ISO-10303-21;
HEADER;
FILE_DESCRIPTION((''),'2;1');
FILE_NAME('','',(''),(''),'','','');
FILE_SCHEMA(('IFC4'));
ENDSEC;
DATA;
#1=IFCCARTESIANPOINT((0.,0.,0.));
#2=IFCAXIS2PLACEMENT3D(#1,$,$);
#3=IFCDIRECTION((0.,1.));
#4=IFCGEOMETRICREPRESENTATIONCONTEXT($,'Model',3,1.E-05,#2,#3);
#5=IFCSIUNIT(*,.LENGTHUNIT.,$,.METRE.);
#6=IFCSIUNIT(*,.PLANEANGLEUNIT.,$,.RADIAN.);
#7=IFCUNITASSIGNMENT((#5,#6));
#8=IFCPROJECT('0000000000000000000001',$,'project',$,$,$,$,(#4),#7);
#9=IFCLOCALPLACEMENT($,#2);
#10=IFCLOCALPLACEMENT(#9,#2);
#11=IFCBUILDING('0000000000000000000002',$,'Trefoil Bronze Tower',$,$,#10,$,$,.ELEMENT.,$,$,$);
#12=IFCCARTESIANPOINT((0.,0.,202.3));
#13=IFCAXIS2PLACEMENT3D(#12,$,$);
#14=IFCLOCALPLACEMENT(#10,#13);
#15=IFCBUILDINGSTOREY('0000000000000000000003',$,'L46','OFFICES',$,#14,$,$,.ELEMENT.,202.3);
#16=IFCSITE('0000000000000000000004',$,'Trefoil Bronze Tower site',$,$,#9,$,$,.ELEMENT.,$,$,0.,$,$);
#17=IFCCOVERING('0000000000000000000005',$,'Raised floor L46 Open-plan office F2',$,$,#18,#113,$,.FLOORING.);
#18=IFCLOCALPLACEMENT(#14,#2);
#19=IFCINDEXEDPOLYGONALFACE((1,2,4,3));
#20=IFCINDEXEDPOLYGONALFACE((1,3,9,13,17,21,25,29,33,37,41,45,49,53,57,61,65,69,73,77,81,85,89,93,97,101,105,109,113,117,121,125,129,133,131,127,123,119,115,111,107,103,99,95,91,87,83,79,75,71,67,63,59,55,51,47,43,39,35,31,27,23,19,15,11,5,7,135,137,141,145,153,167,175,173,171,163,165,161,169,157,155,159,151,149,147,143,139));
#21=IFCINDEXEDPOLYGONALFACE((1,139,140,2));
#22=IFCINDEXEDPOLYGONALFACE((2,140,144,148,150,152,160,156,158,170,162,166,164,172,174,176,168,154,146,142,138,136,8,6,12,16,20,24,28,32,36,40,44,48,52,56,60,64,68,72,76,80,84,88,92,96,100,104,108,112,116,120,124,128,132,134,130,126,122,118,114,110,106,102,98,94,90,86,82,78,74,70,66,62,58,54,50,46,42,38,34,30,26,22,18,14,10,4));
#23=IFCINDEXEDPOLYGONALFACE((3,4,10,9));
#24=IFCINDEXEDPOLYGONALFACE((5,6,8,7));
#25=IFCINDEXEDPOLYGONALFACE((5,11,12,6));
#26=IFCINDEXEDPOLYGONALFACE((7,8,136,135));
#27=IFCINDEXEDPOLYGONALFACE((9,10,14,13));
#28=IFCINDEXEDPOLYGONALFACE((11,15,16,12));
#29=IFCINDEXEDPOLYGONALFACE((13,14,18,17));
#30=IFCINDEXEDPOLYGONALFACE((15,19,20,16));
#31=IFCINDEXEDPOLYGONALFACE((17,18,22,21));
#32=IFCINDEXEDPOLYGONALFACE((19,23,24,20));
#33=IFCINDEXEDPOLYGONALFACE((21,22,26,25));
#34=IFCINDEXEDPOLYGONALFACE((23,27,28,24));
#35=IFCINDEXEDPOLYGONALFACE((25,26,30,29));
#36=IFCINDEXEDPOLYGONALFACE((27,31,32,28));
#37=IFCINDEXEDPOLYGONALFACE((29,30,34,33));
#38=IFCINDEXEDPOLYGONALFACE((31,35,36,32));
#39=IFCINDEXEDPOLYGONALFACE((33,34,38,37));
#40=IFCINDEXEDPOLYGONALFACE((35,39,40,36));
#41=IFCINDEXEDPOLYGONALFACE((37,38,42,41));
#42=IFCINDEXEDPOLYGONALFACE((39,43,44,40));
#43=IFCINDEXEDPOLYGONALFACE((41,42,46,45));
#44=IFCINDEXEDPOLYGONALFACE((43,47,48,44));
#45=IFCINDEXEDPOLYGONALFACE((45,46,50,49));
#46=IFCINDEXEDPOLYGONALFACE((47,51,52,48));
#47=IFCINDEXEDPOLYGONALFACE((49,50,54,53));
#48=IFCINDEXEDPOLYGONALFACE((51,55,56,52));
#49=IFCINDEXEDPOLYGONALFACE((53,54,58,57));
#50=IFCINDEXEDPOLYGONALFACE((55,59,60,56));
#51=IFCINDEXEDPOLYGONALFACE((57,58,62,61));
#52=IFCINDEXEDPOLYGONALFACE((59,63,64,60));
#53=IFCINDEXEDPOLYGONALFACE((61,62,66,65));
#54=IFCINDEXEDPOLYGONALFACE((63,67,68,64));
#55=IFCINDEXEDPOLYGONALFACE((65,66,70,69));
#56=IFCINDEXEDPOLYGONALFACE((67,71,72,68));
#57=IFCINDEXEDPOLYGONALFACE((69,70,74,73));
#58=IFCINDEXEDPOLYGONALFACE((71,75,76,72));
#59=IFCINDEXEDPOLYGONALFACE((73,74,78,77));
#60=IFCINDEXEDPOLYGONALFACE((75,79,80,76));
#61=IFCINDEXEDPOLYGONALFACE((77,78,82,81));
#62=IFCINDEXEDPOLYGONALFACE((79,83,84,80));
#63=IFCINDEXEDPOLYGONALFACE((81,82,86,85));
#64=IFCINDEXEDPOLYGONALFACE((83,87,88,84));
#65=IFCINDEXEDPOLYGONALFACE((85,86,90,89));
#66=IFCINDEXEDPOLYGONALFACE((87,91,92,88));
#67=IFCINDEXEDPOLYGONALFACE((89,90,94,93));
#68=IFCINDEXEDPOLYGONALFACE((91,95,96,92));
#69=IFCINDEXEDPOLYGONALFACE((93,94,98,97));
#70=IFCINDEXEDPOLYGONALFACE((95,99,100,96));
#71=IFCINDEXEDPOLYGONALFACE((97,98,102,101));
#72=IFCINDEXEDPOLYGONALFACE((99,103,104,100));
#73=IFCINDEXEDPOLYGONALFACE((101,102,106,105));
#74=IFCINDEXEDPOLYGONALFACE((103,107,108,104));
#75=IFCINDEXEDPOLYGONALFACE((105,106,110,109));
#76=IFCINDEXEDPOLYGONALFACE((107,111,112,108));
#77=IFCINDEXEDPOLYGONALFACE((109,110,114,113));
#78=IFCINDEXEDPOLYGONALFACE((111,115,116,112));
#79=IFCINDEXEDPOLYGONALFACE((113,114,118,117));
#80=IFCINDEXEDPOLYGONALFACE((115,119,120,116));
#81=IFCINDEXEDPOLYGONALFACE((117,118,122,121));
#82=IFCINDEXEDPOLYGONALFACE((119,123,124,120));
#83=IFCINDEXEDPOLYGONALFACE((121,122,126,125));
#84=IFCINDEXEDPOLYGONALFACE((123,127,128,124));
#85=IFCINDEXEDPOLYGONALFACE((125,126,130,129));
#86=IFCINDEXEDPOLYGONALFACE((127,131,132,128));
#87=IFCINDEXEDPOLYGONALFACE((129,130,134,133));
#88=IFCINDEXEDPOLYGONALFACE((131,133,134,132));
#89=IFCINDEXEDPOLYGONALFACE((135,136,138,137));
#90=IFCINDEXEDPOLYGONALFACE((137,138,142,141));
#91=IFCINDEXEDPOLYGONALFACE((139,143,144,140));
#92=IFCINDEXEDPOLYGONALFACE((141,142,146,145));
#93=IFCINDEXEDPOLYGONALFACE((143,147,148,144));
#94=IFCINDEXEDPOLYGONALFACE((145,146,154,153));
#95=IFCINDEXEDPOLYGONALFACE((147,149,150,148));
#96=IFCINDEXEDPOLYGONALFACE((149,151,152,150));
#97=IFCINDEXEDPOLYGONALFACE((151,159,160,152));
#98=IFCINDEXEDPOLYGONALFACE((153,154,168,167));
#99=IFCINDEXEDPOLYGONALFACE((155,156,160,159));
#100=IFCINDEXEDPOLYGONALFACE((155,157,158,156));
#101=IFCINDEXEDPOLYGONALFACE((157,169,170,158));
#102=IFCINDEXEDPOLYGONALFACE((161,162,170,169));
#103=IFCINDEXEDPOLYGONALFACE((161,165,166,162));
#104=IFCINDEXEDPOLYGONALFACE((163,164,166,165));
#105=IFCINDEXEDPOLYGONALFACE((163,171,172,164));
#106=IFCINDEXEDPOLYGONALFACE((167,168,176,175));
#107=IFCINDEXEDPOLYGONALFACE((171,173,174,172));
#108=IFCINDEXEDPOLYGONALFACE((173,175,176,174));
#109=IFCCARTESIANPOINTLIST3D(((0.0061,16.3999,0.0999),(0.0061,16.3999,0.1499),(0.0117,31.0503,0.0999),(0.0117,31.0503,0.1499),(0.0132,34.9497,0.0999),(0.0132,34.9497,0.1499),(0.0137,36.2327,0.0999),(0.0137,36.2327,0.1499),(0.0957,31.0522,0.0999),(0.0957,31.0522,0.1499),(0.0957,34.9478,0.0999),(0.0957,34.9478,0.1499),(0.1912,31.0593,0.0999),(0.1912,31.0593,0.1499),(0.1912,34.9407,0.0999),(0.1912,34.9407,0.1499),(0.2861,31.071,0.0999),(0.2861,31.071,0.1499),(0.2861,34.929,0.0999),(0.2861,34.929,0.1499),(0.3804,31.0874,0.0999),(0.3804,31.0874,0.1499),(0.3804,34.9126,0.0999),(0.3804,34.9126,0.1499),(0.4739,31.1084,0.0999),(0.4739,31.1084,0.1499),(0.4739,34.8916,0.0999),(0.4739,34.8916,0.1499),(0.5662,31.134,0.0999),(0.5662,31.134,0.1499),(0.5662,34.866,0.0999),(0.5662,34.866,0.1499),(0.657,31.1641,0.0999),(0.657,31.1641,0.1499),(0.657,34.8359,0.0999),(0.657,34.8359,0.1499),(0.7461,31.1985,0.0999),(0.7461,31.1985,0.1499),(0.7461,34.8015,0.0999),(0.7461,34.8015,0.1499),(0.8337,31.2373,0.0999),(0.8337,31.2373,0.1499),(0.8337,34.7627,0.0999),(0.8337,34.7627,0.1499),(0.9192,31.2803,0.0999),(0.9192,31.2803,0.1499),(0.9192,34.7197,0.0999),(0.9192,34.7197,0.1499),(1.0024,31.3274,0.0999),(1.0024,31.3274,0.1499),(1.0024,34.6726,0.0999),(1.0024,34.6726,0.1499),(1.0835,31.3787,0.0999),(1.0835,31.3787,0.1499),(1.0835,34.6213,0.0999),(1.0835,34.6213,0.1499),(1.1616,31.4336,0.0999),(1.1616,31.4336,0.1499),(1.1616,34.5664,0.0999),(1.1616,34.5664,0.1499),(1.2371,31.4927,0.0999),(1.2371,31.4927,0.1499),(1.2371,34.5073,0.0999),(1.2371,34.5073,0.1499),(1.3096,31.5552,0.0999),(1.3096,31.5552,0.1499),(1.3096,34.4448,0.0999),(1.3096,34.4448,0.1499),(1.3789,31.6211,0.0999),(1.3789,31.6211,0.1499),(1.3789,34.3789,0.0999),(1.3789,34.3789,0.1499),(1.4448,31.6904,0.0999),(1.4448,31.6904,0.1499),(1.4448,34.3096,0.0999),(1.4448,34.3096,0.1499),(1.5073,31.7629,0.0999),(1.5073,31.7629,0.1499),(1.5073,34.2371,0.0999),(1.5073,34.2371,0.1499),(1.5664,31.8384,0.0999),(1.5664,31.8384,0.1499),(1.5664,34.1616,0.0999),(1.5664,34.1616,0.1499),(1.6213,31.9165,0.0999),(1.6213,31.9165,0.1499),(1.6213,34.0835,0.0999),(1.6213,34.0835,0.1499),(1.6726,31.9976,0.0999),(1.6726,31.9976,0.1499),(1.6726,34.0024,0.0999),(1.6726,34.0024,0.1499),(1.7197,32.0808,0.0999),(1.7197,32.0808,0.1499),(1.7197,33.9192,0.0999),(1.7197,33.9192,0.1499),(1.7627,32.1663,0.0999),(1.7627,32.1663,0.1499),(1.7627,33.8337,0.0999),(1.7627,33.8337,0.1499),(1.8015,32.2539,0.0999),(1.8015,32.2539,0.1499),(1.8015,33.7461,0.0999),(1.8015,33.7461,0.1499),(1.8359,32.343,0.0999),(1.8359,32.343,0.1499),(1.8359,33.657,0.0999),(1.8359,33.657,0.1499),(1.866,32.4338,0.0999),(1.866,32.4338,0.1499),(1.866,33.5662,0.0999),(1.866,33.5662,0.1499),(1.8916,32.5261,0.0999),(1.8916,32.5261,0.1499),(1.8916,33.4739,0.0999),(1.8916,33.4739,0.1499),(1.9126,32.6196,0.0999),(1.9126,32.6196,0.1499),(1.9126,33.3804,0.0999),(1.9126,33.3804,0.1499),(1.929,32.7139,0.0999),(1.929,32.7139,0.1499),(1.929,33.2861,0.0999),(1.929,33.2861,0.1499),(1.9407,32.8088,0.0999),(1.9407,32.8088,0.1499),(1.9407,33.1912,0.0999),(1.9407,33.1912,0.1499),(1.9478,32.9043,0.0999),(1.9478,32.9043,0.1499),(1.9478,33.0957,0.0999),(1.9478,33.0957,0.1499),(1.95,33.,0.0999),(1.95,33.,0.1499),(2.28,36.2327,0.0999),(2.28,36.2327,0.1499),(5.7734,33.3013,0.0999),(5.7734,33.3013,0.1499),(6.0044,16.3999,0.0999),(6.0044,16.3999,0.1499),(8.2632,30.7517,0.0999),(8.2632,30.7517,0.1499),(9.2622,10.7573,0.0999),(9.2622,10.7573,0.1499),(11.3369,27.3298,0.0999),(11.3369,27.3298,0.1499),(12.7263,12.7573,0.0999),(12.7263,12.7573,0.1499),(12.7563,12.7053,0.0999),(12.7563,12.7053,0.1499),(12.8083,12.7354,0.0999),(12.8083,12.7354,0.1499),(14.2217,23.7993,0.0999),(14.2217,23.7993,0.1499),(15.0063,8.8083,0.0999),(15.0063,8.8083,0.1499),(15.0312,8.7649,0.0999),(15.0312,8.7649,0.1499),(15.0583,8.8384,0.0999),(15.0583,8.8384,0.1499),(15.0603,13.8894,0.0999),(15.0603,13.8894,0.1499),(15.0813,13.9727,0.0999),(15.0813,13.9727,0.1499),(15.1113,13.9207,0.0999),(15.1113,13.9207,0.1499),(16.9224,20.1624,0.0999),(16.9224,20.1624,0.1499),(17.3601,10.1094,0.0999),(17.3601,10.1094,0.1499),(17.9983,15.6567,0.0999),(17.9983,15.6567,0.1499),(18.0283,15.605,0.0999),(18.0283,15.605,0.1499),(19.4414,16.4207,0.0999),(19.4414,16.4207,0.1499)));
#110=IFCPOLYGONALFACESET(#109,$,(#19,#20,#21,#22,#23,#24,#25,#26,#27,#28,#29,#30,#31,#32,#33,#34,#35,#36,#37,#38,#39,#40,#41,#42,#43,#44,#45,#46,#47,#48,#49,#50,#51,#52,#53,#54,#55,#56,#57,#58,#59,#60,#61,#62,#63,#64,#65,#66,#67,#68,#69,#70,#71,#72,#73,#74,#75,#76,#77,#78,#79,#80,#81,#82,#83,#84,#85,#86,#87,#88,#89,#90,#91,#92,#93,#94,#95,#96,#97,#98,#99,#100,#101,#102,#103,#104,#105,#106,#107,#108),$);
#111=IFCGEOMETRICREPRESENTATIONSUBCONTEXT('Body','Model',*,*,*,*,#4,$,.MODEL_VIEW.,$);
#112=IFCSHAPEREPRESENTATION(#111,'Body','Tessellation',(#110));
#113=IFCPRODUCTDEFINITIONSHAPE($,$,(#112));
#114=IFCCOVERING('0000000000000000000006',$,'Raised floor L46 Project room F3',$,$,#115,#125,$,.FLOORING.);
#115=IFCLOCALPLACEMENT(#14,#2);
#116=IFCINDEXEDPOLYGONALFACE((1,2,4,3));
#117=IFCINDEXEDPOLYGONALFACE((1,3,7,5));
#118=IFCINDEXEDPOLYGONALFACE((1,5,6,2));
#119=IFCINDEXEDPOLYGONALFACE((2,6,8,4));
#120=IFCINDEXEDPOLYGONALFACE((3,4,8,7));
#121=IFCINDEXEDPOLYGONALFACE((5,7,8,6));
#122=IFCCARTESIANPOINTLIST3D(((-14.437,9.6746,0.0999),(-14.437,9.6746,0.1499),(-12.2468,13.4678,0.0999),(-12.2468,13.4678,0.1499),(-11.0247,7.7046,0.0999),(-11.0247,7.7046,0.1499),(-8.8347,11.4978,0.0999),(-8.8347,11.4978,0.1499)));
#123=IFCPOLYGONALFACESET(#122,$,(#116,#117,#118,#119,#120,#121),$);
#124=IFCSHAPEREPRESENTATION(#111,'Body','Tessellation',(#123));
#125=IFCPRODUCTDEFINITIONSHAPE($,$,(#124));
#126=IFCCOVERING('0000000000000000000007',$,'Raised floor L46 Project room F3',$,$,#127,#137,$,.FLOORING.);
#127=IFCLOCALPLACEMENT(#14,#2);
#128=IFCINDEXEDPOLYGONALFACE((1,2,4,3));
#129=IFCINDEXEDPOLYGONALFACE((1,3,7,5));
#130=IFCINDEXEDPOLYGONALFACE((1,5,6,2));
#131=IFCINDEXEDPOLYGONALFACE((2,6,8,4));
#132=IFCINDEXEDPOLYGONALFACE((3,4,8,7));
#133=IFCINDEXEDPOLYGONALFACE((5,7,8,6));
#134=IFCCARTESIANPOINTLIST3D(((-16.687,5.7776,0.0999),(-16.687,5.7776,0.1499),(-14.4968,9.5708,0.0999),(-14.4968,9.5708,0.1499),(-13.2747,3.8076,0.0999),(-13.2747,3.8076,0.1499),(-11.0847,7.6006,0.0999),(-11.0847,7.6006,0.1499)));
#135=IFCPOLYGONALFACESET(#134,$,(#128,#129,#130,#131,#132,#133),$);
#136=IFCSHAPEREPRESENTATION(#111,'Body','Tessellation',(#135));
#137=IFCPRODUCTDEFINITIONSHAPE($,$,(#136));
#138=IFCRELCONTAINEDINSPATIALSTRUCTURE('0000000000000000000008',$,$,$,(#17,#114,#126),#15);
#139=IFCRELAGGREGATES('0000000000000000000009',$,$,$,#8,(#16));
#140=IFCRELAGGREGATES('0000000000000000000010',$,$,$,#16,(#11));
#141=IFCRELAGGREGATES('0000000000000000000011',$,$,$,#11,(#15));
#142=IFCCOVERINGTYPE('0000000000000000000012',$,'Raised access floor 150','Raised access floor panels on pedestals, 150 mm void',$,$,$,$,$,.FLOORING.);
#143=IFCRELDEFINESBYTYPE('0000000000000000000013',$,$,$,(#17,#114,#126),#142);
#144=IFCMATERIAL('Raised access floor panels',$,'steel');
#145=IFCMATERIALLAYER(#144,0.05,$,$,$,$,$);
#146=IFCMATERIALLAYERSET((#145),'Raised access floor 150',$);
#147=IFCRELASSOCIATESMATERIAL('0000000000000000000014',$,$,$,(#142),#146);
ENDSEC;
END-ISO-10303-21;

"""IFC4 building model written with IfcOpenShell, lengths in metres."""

from ifc_helpers import new_model, si_unit, direction, frame, origin, place, context, subcontext, project, spatial, polyline, outline, extrude, material, layer, layer_set, type_object, element, save


model = new_model("IFC4")

# Units and contexts
model_context = context("Model", 3, precision=1e-05, world=origin(), true_north=direction((0.0, 1.0)))
body_context = subcontext(model_context, "Body", "Model", "MODEL_VIEW")
ifc_project = project(units=[si_unit("LENGTHUNIT", "METRE"), si_unit("PLANEANGLEUNIT", "RADIAN")], contexts=[model_context])

# Site, building, storey
site_placement = place(None, origin())
site = spatial("IfcSite", under=ifc_project, at=site_placement, Name="Trefoil Bronze Tower site", CompositionType="ELEMENT", RefElevation=0.0)
building_placement = place(site_placement, origin())
building = spatial("IfcBuilding", under=site, at=building_placement, Name="Trefoil Bronze Tower", CompositionType="ELEMENT")
storey_placement = place(building_placement, frame((0.0, 0.0, 202.3)))
storey = spatial("IfcBuildingStorey", under=building, at=storey_placement, Name="L46", Description="OFFICES", CompositionType="ELEMENT", Elevation=202.3)

# Coverings
ifc_material_1 = material(Name="Raised access floor panels", Category="steel")
ifc_layer_1 = layer(ifc_material_1, 0.05)
ifc_layer_set_1 = layer_set([ifc_layer_1], Name="Raised access floor 150")
covering_type_1 = type_object("IfcCoveringType", Name="Raised access floor 150", Description="Raised access floor panels on pedestals, 150 mm void", PredefinedType="FLOORING", material=ifc_layer_set_1)
covering_1_placement = place(storey_placement, frame((0.0, 0.0, 0.0999)))
element("IfcCovering", 1, at=covering_1_placement, inside=storey, type_object=covering_type_1, Name="Raised floor L46 Open-plan office F2", PredefinedType="FLOORING", context=body_context, shape_type="SweptSolid", body=[
    extrude(outline(polyline([(14.2217, 23.7993), (16.9224, 20.1624), (19.4414, 16.4207), (18.0283, 15.605), (17.9983, 15.6567), (15.0813, 13.9727), (15.1113, 13.9207), (15.0603, 13.8894), (17.3601, 10.1094), (15.0312, 8.7649), (15.0063, 8.8083), (15.0583, 8.8384), (12.8083, 12.7354), (12.7563, 12.7053), (12.7263, 12.7573), (9.2622, 10.7573), (6.0044, 16.3999), (0.0061, 16.3999), (0.0117, 31.0503), (0.0957, 31.0522), (0.1912, 31.0593), (0.2861, 31.071), (0.3804, 31.0874), (0.4739, 31.1084), (0.5662, 31.134), (0.657, 31.1641), (0.7461, 31.1985), (0.8337, 31.2373), (0.9192, 31.2803), (1.0024, 31.3274), (1.0835, 31.3787), (1.1616, 31.4336), (1.2371, 31.4927), (1.3096, 31.5552), (1.3789, 31.6211), (1.4448, 31.6904), (1.5073, 31.7629), (1.5664, 31.8384), (1.6213, 31.9165), (1.6726, 31.9976), (1.7197, 32.0808), (1.7627, 32.1663), (1.8015, 32.2539), (1.8359, 32.343), (1.866, 32.4338), (1.8916, 32.5261), (1.9126, 32.6196), (1.929, 32.7139), (1.9407, 32.8088), (1.9478, 32.9043), (1.95, 33.0), (1.9478, 33.0957), (1.9407, 33.1912), (1.929, 33.2861), (1.9126, 33.3804), (1.8916, 33.4739), (1.866, 33.5662), (1.8359, 33.657), (1.8015, 33.7461), (1.7627, 33.8337), (1.7197, 33.9192), (1.6726, 34.0024), (1.6213, 34.0835), (1.5664, 34.1616), (1.5073, 34.2371), (1.4448, 34.3096), (1.3789, 34.3789), (1.3096, 34.4448), (1.2371, 34.5073), (1.1616, 34.5664), (1.0835, 34.6213), (1.0024, 34.6726), (0.9192, 34.7197), (0.8337, 34.7627), (0.7461, 34.8015), (0.657, 34.8359), (0.5662, 34.866), (0.4739, 34.8916), (0.3804, 34.9126), (0.2861, 34.929), (0.1912, 34.9407), (0.0957, 34.9478), (0.0132, 34.9497), (0.0137, 36.2327), (2.28, 36.2327), (5.7734, 33.3013), (8.2632, 30.7517), (11.3369, 27.3298), (14.2217, 23.7993)])), origin(), (0.0, 0.0, 1.0), 0.05),
])
covering_2_placement = place(storey_placement, frame((0.0, 0.0, 0.0999)))
element("IfcCovering", 2, at=covering_2_placement, inside=storey, type_object=covering_type_1, Name="Raised floor L46 Project room F3", PredefinedType="FLOORING", context=body_context, shape_type="SweptSolid", body=[
    extrude(outline(polyline([(-11.0247, 7.7046), (-14.437, 9.6746), (-12.2468, 13.4678), (-8.8347, 11.4978), (-11.0247, 7.7046)])), origin(), (0.0, 0.0, 1.0), 0.05),
])
covering_3_placement = place(storey_placement, frame((0.0, 0.0, 0.0999)))
element("IfcCovering", 3, at=covering_3_placement, inside=storey, type_object=covering_type_1, Name="Raised floor L46 Project room F3", PredefinedType="FLOORING", context=body_context, shape_type="SweptSolid", body=[
    extrude(outline(polyline([(-13.2747, 3.8076), (-16.687, 5.7776), (-14.4968, 9.5708), (-11.0847, 7.6006), (-13.2747, 3.8076)])), origin(), (0.0, 0.0, 1.0), 0.05),
])

save(model, "model.ifc")
